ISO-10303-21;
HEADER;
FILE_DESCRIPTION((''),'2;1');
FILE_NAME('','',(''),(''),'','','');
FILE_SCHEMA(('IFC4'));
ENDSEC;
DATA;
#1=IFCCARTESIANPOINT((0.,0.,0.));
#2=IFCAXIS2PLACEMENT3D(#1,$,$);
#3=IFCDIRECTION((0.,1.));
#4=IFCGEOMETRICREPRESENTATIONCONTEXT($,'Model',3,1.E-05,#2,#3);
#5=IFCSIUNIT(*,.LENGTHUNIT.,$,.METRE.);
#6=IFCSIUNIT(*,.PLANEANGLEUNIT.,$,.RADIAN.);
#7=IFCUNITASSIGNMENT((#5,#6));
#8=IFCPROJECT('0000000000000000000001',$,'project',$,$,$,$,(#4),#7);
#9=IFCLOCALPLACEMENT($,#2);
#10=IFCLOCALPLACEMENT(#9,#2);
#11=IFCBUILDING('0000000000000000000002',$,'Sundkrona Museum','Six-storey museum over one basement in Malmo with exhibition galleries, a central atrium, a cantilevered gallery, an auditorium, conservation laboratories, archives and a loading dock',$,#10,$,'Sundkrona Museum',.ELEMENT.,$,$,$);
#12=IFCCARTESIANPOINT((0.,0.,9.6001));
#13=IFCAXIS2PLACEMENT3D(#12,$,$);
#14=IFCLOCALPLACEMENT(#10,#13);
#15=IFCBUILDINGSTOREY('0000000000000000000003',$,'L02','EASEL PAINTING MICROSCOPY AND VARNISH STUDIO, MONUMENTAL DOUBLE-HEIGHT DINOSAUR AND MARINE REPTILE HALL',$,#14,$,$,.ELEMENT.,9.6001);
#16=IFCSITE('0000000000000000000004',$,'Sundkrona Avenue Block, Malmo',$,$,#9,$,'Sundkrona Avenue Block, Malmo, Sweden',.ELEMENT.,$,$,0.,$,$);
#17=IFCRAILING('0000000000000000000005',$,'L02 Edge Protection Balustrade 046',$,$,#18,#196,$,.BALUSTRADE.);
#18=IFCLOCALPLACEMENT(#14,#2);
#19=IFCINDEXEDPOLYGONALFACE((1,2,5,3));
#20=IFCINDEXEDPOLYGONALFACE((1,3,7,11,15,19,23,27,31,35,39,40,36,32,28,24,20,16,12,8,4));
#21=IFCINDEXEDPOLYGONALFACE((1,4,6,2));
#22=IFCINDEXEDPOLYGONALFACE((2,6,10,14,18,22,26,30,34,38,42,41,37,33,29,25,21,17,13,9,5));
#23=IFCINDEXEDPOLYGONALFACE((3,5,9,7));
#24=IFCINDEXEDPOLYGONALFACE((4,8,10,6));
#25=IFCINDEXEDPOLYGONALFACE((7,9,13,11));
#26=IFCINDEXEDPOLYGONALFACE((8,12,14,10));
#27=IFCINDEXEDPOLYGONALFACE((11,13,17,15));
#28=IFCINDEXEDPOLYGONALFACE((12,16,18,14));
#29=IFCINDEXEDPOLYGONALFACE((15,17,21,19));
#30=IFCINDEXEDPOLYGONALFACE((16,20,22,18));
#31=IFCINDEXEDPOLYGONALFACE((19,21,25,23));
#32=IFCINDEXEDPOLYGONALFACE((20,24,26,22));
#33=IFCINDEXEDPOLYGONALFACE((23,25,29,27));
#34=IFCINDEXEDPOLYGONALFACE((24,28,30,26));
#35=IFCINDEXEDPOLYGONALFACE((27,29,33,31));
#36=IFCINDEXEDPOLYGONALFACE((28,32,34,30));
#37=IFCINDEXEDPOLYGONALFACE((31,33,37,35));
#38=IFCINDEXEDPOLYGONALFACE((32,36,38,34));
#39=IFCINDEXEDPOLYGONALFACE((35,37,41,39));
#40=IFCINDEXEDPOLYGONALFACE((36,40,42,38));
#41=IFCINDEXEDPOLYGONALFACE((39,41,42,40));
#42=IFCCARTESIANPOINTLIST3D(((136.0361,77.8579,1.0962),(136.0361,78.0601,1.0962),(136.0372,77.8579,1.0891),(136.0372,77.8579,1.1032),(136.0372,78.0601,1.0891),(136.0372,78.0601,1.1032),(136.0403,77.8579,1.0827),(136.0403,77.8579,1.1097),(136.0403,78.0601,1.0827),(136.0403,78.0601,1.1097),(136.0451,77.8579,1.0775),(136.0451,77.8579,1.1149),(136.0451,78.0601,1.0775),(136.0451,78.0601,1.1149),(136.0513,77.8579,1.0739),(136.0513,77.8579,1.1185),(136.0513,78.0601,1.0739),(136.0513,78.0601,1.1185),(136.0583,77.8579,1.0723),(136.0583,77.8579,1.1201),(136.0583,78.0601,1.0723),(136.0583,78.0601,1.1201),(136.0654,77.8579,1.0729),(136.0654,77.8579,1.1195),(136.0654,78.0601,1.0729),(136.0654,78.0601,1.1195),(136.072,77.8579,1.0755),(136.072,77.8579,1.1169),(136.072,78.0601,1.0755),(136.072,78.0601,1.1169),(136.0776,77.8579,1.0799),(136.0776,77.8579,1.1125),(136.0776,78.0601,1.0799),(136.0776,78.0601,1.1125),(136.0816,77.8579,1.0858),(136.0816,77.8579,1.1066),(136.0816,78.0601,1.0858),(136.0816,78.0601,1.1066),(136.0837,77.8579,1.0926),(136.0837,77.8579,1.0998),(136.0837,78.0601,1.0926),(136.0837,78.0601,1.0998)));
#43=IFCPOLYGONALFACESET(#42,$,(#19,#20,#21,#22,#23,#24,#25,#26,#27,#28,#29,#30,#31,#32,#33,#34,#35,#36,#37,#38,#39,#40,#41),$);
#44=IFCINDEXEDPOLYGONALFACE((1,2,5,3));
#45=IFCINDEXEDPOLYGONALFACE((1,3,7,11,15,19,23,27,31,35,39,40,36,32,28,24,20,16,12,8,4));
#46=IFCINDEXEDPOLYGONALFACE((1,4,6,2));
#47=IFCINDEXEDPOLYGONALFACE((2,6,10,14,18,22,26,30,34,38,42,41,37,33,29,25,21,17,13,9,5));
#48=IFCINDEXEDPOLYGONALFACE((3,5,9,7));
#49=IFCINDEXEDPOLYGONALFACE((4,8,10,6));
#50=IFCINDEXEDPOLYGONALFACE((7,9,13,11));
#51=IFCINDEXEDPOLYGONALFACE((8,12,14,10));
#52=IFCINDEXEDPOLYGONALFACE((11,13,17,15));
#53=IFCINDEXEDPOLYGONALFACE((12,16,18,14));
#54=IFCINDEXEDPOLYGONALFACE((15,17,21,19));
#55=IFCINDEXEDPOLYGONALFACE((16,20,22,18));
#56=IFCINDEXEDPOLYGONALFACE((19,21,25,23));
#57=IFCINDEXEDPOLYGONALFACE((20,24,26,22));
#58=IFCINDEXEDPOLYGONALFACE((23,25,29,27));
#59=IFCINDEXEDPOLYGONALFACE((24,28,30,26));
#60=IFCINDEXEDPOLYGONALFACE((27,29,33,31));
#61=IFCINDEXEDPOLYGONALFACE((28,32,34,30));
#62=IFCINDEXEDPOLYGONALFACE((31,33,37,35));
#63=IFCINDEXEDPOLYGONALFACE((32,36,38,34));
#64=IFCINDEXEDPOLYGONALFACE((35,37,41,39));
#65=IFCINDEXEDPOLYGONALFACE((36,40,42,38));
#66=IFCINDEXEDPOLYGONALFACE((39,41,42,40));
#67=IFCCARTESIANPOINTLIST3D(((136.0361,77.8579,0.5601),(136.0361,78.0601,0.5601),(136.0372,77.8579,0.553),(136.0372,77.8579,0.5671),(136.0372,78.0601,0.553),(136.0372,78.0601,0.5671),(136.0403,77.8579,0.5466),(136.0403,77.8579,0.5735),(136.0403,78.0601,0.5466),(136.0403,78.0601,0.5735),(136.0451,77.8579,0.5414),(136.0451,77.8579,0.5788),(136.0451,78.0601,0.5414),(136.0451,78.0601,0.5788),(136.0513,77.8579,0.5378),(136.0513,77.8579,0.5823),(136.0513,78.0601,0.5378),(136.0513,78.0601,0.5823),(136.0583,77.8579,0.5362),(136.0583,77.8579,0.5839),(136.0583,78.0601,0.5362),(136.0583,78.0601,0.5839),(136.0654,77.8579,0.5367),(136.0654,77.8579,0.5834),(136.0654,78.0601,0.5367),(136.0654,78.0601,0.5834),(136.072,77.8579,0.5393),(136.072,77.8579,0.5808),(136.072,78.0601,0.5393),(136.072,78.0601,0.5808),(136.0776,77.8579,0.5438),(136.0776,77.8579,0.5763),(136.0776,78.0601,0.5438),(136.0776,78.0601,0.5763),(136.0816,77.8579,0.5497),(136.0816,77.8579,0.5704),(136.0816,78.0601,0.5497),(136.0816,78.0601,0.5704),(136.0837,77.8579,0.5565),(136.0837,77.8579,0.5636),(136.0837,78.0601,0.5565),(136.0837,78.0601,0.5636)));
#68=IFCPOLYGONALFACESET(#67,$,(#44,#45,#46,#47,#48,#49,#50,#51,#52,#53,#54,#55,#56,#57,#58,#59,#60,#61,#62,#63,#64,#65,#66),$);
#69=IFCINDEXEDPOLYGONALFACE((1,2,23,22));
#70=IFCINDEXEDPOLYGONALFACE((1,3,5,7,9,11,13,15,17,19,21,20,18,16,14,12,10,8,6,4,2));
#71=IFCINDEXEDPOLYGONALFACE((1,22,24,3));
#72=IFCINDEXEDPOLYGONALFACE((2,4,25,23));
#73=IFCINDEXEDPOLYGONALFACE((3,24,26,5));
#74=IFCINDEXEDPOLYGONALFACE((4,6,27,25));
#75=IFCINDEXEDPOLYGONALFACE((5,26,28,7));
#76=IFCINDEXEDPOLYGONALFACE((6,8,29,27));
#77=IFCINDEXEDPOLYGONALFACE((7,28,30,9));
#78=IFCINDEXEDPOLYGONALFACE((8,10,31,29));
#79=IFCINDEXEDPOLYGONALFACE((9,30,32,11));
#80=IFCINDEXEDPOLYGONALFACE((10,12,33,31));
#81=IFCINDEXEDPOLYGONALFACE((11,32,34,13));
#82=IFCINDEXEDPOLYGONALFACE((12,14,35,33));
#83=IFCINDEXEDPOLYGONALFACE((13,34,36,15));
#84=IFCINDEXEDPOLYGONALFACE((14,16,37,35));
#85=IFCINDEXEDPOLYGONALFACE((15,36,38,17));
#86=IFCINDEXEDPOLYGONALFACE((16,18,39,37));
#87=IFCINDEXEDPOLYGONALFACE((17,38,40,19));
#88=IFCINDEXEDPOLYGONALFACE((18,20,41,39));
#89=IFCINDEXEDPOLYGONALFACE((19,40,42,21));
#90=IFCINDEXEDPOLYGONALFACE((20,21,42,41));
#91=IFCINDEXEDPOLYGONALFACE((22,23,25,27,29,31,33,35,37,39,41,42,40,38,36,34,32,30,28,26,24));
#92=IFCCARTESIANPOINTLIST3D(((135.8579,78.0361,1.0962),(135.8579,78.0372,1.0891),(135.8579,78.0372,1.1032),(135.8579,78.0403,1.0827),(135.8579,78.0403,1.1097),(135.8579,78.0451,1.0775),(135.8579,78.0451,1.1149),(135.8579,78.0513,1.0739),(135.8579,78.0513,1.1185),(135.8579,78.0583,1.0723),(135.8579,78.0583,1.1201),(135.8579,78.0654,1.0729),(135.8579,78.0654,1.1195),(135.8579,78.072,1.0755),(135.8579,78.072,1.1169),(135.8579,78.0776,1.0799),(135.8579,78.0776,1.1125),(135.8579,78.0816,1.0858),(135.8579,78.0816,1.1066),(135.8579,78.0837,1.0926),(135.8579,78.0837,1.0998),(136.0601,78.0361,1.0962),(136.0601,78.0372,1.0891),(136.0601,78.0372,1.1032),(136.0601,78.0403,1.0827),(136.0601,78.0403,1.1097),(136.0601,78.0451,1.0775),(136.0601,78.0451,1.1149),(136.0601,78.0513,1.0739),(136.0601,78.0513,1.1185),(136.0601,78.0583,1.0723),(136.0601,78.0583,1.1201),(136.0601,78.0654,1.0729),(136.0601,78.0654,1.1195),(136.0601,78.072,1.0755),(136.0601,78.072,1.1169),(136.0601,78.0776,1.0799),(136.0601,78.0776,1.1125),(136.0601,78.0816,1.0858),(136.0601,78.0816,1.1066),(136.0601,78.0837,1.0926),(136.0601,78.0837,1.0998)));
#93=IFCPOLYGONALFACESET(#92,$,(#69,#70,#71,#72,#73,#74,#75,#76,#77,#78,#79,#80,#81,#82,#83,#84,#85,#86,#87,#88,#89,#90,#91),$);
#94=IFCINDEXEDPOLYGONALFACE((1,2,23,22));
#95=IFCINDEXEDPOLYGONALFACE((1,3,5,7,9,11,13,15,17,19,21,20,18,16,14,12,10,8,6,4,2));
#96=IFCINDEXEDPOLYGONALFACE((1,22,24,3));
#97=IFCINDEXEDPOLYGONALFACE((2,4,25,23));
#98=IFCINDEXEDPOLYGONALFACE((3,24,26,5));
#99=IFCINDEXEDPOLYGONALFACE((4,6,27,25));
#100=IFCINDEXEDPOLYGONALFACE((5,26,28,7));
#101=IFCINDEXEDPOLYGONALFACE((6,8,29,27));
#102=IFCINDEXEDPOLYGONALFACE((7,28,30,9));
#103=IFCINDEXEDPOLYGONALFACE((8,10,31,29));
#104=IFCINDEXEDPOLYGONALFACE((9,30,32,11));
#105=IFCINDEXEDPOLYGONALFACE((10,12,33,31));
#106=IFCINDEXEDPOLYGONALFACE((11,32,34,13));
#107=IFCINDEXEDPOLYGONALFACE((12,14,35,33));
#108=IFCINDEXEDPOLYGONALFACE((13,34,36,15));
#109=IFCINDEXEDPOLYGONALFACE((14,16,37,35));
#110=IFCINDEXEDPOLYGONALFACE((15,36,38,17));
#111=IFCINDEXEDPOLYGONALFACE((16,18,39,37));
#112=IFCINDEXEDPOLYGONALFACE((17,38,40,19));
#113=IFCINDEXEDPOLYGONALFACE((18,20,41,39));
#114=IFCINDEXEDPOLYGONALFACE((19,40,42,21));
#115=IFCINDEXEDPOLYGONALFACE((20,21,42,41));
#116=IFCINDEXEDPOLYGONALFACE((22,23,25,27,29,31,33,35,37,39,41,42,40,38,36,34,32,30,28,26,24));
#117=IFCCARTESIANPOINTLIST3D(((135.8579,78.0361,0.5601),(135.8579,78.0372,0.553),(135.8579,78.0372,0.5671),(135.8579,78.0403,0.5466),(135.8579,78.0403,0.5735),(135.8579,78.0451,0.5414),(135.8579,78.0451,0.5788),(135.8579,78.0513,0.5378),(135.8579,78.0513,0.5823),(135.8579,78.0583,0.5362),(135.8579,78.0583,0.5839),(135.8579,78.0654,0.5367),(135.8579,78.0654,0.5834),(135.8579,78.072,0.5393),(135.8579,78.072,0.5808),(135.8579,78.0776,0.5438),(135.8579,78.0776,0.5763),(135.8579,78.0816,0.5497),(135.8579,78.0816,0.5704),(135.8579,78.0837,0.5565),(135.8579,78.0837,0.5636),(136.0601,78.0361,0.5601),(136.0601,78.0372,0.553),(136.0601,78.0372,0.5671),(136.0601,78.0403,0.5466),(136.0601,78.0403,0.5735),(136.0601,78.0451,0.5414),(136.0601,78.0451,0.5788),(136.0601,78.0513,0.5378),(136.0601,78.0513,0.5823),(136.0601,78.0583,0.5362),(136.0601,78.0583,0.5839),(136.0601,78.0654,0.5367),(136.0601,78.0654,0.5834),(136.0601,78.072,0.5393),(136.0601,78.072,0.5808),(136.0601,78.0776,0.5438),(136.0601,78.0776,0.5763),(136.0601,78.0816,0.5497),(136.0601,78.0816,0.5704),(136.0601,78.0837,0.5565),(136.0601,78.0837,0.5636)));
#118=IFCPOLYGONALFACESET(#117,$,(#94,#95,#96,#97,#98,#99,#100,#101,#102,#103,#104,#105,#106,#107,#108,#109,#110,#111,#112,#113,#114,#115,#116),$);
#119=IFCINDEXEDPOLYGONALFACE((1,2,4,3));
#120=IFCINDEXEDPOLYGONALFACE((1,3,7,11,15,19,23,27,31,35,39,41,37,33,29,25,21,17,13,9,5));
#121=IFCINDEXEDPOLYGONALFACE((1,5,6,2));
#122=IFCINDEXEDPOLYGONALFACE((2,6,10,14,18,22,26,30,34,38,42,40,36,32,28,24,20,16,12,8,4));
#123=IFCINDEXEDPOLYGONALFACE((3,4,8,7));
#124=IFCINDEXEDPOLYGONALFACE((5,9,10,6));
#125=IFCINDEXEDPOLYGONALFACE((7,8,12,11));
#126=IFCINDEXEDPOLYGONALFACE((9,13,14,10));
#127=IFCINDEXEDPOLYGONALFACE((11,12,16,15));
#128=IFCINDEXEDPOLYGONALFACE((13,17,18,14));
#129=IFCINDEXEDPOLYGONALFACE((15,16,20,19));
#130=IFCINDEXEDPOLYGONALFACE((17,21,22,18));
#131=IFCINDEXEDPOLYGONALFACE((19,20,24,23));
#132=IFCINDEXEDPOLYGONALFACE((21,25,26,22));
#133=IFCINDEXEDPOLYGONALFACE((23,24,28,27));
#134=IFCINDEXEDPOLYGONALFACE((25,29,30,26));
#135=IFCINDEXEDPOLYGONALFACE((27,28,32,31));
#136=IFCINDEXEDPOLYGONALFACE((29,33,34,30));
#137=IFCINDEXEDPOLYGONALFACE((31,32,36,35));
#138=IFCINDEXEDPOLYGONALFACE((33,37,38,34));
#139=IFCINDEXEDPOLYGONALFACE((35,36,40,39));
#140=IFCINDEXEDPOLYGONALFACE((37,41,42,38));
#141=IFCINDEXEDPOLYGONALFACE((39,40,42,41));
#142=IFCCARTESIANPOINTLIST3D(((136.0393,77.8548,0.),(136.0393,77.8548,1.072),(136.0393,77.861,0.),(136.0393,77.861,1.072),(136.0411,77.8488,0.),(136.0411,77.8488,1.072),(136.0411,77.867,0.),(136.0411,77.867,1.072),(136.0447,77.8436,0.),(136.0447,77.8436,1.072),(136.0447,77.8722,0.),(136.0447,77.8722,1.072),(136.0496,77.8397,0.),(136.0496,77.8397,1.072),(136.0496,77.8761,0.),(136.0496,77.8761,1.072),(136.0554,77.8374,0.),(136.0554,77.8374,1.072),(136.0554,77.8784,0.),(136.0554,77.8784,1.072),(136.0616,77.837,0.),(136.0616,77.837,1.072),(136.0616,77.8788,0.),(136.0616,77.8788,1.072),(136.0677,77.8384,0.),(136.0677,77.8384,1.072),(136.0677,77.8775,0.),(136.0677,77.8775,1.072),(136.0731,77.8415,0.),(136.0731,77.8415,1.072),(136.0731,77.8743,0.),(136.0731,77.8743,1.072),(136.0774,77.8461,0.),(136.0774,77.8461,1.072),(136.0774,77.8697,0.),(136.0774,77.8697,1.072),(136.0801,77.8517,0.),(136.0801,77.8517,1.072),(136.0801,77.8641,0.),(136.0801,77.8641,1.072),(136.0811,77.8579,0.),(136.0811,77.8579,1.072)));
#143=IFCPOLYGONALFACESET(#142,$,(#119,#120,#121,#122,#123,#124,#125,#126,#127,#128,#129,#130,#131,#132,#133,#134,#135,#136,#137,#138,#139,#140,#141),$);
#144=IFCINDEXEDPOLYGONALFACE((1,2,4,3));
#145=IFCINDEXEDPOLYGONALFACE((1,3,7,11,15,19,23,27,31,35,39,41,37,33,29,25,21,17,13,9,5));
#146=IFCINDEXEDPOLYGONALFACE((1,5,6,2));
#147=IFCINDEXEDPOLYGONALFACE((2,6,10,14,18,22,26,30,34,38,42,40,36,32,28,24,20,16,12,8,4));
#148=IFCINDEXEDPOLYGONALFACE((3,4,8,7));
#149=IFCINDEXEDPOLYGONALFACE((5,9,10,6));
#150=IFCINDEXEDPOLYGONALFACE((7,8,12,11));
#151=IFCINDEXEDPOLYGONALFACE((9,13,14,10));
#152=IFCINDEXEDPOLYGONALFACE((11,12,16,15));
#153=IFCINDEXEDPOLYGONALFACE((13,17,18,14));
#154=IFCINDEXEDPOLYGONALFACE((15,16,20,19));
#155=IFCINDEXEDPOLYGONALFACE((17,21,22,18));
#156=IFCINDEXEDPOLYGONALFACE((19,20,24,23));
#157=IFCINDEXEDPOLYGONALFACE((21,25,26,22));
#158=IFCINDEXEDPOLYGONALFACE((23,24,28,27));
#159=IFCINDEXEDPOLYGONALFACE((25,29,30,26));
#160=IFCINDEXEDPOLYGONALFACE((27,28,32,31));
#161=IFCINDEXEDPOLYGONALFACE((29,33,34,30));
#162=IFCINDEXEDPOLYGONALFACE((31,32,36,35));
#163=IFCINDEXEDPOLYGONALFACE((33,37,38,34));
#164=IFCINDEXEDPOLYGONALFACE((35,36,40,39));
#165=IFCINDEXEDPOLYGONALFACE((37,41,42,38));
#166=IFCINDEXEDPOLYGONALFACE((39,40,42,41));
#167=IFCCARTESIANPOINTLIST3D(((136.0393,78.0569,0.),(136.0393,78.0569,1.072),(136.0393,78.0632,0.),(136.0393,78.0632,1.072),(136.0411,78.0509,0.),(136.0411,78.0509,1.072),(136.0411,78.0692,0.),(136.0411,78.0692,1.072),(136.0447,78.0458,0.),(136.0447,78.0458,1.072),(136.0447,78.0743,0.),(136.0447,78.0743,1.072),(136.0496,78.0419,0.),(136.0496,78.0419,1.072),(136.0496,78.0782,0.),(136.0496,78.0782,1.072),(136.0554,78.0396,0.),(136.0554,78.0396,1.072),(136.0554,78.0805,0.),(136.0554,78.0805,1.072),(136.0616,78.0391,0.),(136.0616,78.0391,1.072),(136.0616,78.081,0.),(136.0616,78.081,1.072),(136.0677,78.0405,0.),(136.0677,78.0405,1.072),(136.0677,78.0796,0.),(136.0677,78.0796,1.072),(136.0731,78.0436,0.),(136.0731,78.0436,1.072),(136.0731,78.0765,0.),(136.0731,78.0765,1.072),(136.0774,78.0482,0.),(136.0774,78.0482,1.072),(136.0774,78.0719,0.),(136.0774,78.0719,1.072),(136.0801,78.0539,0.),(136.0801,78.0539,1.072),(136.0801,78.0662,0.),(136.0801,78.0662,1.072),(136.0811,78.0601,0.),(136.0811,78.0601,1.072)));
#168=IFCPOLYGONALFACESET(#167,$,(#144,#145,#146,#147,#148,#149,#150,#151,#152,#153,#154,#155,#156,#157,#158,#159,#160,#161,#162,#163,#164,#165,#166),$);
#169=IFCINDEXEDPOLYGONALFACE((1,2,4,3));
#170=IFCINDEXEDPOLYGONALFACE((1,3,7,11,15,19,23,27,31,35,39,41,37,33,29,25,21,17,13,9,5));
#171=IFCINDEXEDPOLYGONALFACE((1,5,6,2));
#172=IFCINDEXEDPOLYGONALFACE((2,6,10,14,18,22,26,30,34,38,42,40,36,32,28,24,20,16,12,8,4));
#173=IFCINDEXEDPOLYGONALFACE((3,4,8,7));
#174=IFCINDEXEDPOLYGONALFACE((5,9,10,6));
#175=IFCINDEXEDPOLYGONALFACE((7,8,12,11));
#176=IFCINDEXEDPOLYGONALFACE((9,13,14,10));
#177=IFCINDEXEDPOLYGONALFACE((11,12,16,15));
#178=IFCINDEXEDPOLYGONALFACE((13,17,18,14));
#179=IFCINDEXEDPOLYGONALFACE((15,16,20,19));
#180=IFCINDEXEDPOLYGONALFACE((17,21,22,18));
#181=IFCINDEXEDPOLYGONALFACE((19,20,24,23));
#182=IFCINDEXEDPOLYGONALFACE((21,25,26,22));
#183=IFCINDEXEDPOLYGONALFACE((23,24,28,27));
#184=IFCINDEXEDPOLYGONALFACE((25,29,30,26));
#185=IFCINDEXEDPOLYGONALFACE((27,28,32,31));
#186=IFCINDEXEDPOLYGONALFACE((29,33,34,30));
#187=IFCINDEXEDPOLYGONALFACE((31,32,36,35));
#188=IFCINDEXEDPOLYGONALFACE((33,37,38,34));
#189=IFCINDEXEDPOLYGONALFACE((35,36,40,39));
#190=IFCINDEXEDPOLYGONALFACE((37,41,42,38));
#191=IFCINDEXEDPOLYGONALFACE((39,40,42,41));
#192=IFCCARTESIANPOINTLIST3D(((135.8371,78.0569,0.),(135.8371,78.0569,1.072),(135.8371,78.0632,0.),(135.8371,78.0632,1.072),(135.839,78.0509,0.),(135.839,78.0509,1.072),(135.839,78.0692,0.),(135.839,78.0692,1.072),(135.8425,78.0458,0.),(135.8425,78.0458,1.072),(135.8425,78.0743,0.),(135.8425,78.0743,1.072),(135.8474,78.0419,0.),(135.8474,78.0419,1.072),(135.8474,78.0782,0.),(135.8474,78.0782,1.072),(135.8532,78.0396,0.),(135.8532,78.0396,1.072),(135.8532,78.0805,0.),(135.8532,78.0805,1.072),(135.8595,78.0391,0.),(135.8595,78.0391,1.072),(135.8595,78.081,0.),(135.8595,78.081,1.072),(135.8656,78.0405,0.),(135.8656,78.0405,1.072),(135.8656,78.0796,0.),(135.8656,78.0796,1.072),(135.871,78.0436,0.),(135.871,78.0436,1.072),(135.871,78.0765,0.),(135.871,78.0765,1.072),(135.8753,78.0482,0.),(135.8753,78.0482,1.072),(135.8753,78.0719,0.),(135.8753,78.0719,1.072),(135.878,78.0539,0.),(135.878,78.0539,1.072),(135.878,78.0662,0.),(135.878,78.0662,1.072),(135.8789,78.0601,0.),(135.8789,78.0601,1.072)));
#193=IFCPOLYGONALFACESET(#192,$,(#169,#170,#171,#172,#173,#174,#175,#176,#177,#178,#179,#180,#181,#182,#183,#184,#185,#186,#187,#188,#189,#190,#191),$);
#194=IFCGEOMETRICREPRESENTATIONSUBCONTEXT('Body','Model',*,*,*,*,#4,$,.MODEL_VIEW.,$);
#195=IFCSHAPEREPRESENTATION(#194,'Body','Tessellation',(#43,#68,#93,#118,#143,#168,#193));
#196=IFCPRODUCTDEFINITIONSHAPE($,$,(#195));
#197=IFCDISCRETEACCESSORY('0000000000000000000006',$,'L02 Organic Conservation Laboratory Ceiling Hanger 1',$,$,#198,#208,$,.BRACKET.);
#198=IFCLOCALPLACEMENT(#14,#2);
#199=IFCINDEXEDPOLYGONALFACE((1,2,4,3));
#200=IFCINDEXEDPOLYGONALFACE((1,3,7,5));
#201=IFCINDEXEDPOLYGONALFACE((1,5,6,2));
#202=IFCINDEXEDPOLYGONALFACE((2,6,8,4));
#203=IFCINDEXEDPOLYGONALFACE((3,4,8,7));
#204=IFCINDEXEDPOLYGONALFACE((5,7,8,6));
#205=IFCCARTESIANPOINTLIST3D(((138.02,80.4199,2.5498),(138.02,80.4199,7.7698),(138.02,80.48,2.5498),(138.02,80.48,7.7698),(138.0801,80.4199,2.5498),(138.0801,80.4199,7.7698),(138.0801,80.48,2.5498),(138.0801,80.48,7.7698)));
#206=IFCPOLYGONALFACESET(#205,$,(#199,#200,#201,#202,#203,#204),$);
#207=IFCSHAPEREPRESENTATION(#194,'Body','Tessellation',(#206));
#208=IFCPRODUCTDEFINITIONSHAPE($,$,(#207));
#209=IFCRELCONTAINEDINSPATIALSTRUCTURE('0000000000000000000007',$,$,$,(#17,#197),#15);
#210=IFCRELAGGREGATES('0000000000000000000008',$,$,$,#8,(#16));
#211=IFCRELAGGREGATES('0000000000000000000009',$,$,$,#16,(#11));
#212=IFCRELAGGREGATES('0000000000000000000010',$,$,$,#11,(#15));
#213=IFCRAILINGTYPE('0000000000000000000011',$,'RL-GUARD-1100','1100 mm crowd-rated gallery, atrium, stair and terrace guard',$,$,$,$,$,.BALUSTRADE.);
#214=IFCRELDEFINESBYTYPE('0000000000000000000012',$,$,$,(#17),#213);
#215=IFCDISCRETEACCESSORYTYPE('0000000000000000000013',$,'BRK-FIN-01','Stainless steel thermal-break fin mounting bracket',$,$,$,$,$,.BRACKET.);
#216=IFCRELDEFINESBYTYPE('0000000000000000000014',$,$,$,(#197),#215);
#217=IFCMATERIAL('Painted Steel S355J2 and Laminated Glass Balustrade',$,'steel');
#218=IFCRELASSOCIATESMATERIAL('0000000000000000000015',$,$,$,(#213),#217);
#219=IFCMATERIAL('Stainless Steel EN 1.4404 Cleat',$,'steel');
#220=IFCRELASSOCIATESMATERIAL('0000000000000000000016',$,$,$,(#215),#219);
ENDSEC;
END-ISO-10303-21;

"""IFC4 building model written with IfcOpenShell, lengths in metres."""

from ifc_helpers import new_model, si_unit, direction, frame, origin, origin_2d, place, context, subcontext, project, spatial, rectangle, circle, extrude, material, type_object, element, save


model = new_model("IFC4")

# Units and contexts
model_context = context("Model", 3, precision=1e-05, world=origin(), true_north=direction((0.0, 1.0)))
body_context = subcontext(model_context, "Body", "Model", "MODEL_VIEW")
ifc_project = project(units=[si_unit("LENGTHUNIT", "METRE"), si_unit("PLANEANGLEUNIT", "RADIAN")], contexts=[model_context])

# Site, building, storey
site_placement = place(None, origin())
site = spatial("IfcSite", under=ifc_project, at=site_placement, Name="Sundkrona Avenue Block, Malmo", LongName="Sundkrona Avenue Block, Malmo, Sweden", CompositionType="ELEMENT", RefElevation=0.0)
building_placement = place(site_placement, origin())
building = spatial("IfcBuilding", under=site, at=building_placement, Name="Sundkrona Museum", Description="Six-storey museum over one basement in Malmo with exhibition galleries, a central atrium, a cantilevered gallery, an auditorium, conservation laboratories, archives and a loading dock", LongName="Sundkrona Museum", CompositionType="ELEMENT")
storey_placement = place(building_placement, frame((0.0, 0.0, 9.6001)))
storey = spatial("IfcBuildingStorey", under=building, at=storey_placement, Name="L02", Description="EASEL PAINTING MICROSCOPY AND VARNISH STUDIO, MONUMENTAL DOUBLE-HEIGHT DINOSAUR AND MARINE REPTILE HALL", CompositionType="ELEMENT", Elevation=9.6001)

# Railing
ifc_material_1 = material(Name="Painted Steel S355J2 and Laminated Glass Balustrade", Category="steel")
railing_type = type_object("IfcRailingType", Name="RL-GUARD-1100", Description="1100 mm crowd-rated gallery, atrium, stair and terrace guard", PredefinedType="BALUSTRADE", material=ifc_material_1)
railing_placement = place(storey_placement, frame((136.0601, 77.8579, 0.0)))
element("IfcRailing", 1, at=railing_placement, inside=storey, type_object=railing_type, Name="L02 Edge Protection Balustrade 046", PredefinedType="BALUSTRADE", context=body_context, shape_type="SweptSolid", body=[
    extrude(circle(Radius=0.0239, at=origin_2d()), frame((0.0, 0.0, 1.0962), z_axis=(0.0, 1.0, 0.0), x_axis=(-1.0, 0.0, 0.0)), (0.0, 0.0, 1.0), 0.2021),
    extrude(circle(Radius=0.0239, at=origin_2d()), frame((0.0, 0.0, 0.5601), z_axis=(0.0, 1.0, 0.0), x_axis=(-1.0, 0.0, 0.0)), (0.0, 0.0, 1.0), 0.2021),
    extrude(circle(Radius=0.0239, at=origin_2d()), frame((0.0, 0.2021, 1.0962), z_axis=(-1.0, 0.0, 0.0), x_axis=(0.0, -1.0, 0.0)), (0.0, 0.0, 1.0), 0.2021),
    extrude(circle(Radius=0.0239, at=origin_2d()), frame((0.0, 0.2021, 0.5601), z_axis=(-1.0, 0.0, 0.0), x_axis=(0.0, -1.0, 0.0)), (0.0, 0.0, 1.0), 0.2021),
    extrude(circle(Radius=0.021, at=origin_2d()), origin(), (0.0, 0.0, 1.0), 1.072),
    extrude(circle(Radius=0.021, at=origin_2d()), frame((0.0, 0.2021, 0.0)), (0.0, 0.0, 1.0), 1.072),
    extrude(circle(Radius=0.021, at=origin_2d()), frame((-0.2021, 0.2021, 0.0)), (0.0, 0.0, 1.0), 1.072),
])

# Discrete accessory
ifc_material_2 = material(Name="Stainless Steel EN 1.4404 Cleat", Category="steel")
discrete_accessory_type = type_object("IfcDiscreteAccessoryType", Name="BRK-FIN-01", Description="Stainless steel thermal-break fin mounting bracket", PredefinedType="BRACKET", material=ifc_material_2)
for number, where, z_axis, x_axis, name in (
    (2, (138.05, 80.45, 2.5498), (0.0, 0.0, 1.0), (1.0, 0.0, 0.0), "L02 Organic Conservation Laboratory Ceiling Hanger 1"),
):
    element("IfcDiscreteAccessory", number, at=place(storey_placement, frame(where, z_axis=z_axis, x_axis=x_axis)), inside=storey, type_object=discrete_accessory_type, Name=name, PredefinedType="BRACKET", context=body_context, shape_type="SweptSolid", body=[
        extrude(rectangle(XDim=0.0601, YDim=0.0601, at=origin_2d()), origin(), (0.0, 0.0, 1.0), 5.22),
    ])

save(model, "model.ifc")
